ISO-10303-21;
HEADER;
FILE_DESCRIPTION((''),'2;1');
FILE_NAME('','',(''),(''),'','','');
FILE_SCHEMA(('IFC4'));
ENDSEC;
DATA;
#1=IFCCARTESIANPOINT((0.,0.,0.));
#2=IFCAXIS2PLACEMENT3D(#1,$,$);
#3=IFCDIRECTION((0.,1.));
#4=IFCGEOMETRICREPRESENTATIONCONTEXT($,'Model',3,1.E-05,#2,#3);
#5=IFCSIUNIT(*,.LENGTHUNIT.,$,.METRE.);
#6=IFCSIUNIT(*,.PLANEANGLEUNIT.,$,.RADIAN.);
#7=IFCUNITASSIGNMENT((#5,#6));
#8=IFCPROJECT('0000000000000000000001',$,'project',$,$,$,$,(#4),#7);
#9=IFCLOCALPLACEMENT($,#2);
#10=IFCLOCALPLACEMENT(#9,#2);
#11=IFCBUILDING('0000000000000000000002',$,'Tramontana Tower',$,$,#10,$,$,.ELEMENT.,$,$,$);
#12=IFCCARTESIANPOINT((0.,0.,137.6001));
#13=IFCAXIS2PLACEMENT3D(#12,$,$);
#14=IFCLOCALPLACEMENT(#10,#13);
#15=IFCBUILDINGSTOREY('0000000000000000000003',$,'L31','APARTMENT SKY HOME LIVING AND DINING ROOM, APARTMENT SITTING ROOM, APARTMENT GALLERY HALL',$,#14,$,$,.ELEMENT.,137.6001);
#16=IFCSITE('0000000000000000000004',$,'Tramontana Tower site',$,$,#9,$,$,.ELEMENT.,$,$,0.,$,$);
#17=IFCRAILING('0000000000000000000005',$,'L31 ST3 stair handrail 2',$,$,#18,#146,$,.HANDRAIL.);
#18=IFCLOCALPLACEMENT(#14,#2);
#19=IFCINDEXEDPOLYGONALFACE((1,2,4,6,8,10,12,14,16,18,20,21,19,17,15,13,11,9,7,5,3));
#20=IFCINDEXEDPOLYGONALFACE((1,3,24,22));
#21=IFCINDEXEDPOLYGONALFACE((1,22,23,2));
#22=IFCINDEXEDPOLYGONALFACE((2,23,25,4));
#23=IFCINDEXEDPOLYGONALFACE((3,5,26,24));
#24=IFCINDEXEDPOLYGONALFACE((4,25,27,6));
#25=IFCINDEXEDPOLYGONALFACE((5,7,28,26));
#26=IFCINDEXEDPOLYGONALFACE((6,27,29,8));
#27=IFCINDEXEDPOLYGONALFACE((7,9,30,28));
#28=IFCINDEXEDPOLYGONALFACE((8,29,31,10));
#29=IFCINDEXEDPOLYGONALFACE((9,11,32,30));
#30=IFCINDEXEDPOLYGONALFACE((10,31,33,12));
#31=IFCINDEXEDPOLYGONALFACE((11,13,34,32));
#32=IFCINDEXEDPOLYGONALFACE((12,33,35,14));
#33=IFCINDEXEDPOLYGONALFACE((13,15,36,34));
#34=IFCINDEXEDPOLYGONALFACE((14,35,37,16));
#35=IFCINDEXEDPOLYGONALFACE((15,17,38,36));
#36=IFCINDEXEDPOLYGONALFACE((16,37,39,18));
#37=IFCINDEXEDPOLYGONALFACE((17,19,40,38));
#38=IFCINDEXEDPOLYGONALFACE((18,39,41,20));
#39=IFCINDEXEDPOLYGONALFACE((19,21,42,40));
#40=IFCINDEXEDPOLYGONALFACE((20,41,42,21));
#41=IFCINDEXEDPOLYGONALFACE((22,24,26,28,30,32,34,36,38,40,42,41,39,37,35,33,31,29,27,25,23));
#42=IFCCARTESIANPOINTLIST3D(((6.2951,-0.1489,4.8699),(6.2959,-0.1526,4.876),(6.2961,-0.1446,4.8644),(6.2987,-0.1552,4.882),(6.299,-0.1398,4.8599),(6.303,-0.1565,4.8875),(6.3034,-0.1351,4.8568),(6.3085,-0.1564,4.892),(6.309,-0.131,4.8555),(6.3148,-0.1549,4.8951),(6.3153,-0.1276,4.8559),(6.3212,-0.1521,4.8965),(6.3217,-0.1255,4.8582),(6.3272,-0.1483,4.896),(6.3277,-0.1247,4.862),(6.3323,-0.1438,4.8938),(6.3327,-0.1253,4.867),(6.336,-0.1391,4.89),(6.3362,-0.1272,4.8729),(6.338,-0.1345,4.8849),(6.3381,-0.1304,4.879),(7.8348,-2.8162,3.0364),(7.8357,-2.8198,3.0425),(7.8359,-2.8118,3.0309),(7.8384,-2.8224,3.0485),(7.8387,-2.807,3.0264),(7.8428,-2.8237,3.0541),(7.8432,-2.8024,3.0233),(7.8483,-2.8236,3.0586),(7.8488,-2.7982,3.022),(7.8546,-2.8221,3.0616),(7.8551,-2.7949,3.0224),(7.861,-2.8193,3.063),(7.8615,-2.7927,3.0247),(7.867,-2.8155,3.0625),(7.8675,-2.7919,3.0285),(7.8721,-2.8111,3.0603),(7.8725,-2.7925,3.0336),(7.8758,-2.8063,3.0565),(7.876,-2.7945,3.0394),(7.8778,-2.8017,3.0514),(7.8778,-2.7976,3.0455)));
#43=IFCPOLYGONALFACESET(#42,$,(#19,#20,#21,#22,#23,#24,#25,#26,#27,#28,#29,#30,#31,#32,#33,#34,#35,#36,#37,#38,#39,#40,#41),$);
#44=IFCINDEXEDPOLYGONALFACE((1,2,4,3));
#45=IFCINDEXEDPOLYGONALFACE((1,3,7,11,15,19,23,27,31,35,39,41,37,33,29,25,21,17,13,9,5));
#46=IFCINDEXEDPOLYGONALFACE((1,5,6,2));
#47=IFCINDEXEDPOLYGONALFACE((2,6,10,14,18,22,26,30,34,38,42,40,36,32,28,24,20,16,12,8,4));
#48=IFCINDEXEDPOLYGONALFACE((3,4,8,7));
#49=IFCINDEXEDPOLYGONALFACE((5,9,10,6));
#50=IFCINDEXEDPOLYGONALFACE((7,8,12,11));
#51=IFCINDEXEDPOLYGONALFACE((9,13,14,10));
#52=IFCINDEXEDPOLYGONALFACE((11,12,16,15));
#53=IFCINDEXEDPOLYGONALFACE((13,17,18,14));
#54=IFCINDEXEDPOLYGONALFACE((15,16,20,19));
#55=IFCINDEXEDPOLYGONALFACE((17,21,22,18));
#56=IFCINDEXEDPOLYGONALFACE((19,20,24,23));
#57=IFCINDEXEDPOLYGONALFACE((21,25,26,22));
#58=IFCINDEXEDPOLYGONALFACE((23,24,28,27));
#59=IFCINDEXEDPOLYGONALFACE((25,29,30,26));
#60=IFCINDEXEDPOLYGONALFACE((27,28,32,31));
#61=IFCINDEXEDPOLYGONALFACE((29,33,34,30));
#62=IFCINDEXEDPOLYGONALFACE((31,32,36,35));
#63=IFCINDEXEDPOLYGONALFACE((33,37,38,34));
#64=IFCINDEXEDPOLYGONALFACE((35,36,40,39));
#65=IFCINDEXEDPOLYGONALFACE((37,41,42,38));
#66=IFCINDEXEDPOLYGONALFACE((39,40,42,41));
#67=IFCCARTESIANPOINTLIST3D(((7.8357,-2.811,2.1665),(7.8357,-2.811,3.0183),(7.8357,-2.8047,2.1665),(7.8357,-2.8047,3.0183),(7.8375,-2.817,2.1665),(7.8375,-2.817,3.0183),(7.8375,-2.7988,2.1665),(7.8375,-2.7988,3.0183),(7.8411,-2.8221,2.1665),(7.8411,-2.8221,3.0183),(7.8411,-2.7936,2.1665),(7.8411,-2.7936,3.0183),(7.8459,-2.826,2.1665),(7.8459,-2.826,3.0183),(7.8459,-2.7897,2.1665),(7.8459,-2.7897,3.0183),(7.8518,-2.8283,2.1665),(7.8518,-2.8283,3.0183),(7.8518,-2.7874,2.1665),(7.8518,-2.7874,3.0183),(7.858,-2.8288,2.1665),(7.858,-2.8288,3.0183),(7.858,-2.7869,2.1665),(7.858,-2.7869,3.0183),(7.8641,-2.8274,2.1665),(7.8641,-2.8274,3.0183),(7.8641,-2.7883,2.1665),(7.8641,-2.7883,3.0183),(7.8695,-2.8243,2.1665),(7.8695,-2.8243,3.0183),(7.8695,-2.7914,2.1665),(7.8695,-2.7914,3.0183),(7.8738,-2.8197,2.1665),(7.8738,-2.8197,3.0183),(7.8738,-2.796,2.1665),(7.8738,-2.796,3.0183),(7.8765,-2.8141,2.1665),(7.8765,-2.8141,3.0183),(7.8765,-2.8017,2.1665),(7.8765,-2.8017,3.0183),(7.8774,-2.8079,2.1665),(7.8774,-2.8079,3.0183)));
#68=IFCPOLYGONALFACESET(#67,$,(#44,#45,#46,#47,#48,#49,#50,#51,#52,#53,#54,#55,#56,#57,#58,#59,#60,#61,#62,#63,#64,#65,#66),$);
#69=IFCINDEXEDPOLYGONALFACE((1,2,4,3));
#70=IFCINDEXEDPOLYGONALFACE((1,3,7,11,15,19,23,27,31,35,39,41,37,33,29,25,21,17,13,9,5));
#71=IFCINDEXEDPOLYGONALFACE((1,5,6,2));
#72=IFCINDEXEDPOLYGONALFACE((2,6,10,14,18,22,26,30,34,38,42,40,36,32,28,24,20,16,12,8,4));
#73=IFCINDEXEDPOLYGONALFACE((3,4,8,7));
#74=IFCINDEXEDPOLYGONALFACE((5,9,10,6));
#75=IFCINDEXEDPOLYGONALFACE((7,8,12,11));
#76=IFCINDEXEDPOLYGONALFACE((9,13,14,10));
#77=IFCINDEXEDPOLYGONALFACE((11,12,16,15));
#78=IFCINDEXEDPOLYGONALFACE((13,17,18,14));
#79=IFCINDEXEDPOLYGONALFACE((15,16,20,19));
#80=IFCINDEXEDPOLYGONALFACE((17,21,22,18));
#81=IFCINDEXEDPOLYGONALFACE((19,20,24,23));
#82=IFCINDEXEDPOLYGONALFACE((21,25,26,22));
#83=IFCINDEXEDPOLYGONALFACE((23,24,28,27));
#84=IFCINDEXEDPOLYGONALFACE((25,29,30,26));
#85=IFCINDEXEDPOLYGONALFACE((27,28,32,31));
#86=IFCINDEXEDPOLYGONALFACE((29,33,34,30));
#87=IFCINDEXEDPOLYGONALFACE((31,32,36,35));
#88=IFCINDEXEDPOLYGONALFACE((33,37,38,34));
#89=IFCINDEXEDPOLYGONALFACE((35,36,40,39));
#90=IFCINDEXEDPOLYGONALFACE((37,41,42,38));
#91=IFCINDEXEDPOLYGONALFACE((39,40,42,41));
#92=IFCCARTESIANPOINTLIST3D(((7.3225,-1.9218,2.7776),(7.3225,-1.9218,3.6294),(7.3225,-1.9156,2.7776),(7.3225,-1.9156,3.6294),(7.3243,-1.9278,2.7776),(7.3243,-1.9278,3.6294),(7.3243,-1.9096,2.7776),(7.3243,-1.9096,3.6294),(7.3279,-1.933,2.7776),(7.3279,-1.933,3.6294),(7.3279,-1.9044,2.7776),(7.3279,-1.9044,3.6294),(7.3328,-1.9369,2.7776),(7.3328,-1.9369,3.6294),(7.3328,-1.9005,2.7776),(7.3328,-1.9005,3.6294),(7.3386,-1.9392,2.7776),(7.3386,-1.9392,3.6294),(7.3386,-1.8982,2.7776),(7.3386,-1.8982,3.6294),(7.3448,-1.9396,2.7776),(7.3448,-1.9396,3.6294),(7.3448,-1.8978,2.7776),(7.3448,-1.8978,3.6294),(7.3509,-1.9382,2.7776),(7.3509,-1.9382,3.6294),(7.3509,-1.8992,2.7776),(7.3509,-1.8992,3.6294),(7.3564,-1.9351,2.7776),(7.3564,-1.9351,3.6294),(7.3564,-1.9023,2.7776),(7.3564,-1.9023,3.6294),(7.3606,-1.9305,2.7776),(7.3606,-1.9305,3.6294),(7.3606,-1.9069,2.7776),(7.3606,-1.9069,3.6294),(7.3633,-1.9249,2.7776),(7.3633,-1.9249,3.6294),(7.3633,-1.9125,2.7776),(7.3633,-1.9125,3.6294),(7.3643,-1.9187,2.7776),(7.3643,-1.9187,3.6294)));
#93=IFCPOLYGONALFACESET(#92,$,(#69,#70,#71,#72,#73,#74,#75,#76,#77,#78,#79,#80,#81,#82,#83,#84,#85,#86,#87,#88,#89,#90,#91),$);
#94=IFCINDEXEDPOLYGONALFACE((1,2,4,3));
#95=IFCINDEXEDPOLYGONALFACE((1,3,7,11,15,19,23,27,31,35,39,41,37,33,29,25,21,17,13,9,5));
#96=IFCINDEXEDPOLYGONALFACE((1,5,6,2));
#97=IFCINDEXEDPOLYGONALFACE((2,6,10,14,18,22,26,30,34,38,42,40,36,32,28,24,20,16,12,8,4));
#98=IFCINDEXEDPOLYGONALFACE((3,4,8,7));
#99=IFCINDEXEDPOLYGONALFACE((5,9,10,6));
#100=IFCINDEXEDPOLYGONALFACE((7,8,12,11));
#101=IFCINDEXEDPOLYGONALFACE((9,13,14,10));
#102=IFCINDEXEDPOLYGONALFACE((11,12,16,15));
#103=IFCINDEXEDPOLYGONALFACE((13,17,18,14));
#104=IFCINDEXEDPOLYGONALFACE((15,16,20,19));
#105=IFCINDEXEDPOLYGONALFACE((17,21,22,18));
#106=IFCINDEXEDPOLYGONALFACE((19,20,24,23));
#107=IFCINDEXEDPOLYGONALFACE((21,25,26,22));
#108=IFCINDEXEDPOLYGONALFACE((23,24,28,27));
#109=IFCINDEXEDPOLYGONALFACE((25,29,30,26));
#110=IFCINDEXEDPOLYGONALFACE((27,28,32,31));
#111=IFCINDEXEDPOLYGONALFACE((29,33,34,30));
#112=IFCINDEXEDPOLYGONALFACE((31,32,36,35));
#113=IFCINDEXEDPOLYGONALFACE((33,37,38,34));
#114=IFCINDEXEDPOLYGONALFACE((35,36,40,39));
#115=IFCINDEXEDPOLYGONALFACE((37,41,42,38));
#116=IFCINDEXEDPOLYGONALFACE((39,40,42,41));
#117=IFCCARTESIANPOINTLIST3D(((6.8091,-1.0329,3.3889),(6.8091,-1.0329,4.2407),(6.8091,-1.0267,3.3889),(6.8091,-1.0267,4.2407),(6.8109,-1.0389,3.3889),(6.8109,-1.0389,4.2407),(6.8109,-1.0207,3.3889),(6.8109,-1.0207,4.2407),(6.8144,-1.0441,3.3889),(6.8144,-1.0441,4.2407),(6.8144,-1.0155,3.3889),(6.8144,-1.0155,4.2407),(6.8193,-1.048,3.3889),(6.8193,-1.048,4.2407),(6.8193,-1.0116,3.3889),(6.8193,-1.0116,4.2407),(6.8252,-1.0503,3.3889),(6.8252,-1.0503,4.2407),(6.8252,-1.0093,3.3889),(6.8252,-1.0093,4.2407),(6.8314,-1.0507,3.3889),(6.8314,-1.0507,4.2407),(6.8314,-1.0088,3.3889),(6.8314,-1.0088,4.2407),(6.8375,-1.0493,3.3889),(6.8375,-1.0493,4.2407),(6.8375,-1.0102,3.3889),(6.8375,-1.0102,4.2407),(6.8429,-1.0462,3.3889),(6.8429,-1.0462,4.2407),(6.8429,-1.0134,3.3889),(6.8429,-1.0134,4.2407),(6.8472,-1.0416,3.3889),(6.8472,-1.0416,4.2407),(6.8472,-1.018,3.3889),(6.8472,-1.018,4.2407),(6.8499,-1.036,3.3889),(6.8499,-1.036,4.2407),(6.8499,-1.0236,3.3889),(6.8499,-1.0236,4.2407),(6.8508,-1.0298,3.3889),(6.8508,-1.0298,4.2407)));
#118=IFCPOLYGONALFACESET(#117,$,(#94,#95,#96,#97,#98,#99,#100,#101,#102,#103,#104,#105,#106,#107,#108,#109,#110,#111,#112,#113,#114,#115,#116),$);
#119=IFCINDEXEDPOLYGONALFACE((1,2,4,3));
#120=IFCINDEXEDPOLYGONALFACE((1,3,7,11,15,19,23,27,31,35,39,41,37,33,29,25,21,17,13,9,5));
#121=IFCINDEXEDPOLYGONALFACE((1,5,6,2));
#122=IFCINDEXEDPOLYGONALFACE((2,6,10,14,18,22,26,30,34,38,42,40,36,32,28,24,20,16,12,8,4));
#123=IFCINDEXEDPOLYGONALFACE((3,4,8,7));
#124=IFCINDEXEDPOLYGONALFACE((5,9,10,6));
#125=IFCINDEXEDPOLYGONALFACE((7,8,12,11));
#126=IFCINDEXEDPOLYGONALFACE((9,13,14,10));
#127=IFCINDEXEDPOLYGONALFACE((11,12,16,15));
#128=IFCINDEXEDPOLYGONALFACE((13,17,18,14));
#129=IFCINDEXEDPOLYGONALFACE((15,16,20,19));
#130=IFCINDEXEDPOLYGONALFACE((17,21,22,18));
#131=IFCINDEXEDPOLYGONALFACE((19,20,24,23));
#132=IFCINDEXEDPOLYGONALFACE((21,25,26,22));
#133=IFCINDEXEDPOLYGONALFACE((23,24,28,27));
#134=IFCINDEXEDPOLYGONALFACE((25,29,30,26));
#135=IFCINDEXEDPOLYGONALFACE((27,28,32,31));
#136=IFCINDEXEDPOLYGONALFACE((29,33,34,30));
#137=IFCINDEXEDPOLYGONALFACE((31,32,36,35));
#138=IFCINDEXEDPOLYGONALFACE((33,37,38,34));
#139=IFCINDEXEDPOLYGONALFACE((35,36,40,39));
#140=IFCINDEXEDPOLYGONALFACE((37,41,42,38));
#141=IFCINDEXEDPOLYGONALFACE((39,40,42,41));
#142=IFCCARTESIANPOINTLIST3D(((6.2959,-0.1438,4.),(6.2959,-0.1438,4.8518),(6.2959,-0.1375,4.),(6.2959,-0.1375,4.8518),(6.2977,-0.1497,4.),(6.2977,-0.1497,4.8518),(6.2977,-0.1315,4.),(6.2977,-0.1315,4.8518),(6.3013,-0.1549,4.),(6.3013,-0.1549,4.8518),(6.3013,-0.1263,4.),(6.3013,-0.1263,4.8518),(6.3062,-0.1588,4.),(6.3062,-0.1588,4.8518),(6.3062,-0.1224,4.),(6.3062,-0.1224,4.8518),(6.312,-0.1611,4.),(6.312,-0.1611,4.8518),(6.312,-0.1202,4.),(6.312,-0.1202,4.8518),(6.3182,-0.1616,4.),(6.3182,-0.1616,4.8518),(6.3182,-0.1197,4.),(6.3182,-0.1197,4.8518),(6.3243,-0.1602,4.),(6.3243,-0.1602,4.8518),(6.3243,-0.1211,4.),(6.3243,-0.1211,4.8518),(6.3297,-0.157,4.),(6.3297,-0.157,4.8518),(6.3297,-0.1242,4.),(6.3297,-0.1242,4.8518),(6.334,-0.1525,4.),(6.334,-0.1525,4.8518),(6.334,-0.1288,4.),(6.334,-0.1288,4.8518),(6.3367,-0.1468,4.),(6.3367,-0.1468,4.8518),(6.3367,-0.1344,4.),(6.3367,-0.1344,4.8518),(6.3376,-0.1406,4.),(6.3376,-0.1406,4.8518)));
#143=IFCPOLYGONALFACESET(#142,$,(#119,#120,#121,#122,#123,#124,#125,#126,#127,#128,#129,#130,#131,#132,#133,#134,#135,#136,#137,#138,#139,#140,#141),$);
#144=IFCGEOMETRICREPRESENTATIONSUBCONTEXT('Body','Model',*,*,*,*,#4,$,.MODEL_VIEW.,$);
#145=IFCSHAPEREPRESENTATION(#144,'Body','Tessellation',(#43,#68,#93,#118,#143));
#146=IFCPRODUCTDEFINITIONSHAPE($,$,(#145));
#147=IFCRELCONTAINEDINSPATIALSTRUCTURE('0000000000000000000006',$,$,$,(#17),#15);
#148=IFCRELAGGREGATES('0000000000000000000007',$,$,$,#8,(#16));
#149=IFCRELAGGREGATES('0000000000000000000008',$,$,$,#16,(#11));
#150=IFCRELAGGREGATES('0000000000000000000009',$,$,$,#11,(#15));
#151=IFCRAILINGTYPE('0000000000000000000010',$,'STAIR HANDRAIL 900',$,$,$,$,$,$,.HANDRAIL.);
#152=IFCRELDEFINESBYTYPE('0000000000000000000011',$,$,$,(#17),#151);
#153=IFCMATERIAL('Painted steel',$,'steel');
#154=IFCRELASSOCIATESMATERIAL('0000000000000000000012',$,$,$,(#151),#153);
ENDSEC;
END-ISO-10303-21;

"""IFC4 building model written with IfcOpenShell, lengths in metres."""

from ifc_helpers import new_model, si_unit, direction, frame, origin, origin_2d, place, context, subcontext, project, spatial, circle, extrude, material, type_object, element, save


model = new_model("IFC4")

# Units and contexts
model_context = context("Model", 3, precision=1e-05, world=origin(), true_north=direction((0.0, 1.0)))
body_context = subcontext(model_context, "Body", "Model", "MODEL_VIEW")
ifc_project = project(units=[si_unit("LENGTHUNIT", "METRE"), si_unit("PLANEANGLEUNIT", "RADIAN")], contexts=[model_context])

# Site, building, storey
site_placement = place(None, origin())
site = spatial("IfcSite", under=ifc_project, at=site_placement, Name="Tramontana Tower site", CompositionType="ELEMENT", RefElevation=0.0)
building_placement = place(site_placement, origin())
building = spatial("IfcBuilding", under=site, at=building_placement, Name="Tramontana Tower", CompositionType="ELEMENT")
storey_placement = place(building_placement, frame((0.0, 0.0, 137.6001)))
storey = spatial("IfcBuildingStorey", under=building, at=storey_placement, Name="L31", Description="APARTMENT SKY HOME LIVING AND DINING ROOM, APARTMENT SITTING ROOM, APARTMENT GALLERY HALL", CompositionType="ELEMENT", Elevation=137.6001)

# Railing
ifc_material_1 = material(Name="Painted steel", Category="steel")
railing_type_1 = type_object("IfcRailingType", Name="STAIR HANDRAIL 900", PredefinedType="HANDRAIL", material=ifc_material_1)
railing_1_placement = place(storey_placement, frame((7.8564, -2.8079, 2.1665)))
element("IfcRailing", 1, at=railing_1_placement, inside=storey, type_object=railing_type_1, Name="L31 ST3 stair handrail 2", PredefinedType="HANDRAIL", context=body_context, shape_type="SweptSolid", body=[
    extrude(circle(Radius=0.0239, at=origin_2d()), frame((0.0, 0.0, 0.876), z_axis=(-0.429601, 0.744155, 0.511543), x_axis=(-0.866044, -0.499967, 0.0)), (0.0, 0.0, 1.0), 3.5842),
    extrude(circle(Radius=0.021, at=origin_2d()), origin(), (0.0, 0.0, 1.0), 0.8518),
    extrude(circle(Radius=0.021, at=origin_2d()), frame((-0.5132, 0.8892, 0.6111)), (0.0, 0.0, 1.0), 0.8518),
    extrude(circle(Radius=0.021, at=origin_2d()), frame((-1.0266, 1.7781, 1.2224)), (0.0, 0.0, 1.0), 0.8518),
    extrude(circle(Radius=0.021, at=origin_2d()), frame((-1.5398, 2.6672, 1.8335)), (0.0, 0.0, 1.0), 0.8518),
])

save(model, "model.ifc")
